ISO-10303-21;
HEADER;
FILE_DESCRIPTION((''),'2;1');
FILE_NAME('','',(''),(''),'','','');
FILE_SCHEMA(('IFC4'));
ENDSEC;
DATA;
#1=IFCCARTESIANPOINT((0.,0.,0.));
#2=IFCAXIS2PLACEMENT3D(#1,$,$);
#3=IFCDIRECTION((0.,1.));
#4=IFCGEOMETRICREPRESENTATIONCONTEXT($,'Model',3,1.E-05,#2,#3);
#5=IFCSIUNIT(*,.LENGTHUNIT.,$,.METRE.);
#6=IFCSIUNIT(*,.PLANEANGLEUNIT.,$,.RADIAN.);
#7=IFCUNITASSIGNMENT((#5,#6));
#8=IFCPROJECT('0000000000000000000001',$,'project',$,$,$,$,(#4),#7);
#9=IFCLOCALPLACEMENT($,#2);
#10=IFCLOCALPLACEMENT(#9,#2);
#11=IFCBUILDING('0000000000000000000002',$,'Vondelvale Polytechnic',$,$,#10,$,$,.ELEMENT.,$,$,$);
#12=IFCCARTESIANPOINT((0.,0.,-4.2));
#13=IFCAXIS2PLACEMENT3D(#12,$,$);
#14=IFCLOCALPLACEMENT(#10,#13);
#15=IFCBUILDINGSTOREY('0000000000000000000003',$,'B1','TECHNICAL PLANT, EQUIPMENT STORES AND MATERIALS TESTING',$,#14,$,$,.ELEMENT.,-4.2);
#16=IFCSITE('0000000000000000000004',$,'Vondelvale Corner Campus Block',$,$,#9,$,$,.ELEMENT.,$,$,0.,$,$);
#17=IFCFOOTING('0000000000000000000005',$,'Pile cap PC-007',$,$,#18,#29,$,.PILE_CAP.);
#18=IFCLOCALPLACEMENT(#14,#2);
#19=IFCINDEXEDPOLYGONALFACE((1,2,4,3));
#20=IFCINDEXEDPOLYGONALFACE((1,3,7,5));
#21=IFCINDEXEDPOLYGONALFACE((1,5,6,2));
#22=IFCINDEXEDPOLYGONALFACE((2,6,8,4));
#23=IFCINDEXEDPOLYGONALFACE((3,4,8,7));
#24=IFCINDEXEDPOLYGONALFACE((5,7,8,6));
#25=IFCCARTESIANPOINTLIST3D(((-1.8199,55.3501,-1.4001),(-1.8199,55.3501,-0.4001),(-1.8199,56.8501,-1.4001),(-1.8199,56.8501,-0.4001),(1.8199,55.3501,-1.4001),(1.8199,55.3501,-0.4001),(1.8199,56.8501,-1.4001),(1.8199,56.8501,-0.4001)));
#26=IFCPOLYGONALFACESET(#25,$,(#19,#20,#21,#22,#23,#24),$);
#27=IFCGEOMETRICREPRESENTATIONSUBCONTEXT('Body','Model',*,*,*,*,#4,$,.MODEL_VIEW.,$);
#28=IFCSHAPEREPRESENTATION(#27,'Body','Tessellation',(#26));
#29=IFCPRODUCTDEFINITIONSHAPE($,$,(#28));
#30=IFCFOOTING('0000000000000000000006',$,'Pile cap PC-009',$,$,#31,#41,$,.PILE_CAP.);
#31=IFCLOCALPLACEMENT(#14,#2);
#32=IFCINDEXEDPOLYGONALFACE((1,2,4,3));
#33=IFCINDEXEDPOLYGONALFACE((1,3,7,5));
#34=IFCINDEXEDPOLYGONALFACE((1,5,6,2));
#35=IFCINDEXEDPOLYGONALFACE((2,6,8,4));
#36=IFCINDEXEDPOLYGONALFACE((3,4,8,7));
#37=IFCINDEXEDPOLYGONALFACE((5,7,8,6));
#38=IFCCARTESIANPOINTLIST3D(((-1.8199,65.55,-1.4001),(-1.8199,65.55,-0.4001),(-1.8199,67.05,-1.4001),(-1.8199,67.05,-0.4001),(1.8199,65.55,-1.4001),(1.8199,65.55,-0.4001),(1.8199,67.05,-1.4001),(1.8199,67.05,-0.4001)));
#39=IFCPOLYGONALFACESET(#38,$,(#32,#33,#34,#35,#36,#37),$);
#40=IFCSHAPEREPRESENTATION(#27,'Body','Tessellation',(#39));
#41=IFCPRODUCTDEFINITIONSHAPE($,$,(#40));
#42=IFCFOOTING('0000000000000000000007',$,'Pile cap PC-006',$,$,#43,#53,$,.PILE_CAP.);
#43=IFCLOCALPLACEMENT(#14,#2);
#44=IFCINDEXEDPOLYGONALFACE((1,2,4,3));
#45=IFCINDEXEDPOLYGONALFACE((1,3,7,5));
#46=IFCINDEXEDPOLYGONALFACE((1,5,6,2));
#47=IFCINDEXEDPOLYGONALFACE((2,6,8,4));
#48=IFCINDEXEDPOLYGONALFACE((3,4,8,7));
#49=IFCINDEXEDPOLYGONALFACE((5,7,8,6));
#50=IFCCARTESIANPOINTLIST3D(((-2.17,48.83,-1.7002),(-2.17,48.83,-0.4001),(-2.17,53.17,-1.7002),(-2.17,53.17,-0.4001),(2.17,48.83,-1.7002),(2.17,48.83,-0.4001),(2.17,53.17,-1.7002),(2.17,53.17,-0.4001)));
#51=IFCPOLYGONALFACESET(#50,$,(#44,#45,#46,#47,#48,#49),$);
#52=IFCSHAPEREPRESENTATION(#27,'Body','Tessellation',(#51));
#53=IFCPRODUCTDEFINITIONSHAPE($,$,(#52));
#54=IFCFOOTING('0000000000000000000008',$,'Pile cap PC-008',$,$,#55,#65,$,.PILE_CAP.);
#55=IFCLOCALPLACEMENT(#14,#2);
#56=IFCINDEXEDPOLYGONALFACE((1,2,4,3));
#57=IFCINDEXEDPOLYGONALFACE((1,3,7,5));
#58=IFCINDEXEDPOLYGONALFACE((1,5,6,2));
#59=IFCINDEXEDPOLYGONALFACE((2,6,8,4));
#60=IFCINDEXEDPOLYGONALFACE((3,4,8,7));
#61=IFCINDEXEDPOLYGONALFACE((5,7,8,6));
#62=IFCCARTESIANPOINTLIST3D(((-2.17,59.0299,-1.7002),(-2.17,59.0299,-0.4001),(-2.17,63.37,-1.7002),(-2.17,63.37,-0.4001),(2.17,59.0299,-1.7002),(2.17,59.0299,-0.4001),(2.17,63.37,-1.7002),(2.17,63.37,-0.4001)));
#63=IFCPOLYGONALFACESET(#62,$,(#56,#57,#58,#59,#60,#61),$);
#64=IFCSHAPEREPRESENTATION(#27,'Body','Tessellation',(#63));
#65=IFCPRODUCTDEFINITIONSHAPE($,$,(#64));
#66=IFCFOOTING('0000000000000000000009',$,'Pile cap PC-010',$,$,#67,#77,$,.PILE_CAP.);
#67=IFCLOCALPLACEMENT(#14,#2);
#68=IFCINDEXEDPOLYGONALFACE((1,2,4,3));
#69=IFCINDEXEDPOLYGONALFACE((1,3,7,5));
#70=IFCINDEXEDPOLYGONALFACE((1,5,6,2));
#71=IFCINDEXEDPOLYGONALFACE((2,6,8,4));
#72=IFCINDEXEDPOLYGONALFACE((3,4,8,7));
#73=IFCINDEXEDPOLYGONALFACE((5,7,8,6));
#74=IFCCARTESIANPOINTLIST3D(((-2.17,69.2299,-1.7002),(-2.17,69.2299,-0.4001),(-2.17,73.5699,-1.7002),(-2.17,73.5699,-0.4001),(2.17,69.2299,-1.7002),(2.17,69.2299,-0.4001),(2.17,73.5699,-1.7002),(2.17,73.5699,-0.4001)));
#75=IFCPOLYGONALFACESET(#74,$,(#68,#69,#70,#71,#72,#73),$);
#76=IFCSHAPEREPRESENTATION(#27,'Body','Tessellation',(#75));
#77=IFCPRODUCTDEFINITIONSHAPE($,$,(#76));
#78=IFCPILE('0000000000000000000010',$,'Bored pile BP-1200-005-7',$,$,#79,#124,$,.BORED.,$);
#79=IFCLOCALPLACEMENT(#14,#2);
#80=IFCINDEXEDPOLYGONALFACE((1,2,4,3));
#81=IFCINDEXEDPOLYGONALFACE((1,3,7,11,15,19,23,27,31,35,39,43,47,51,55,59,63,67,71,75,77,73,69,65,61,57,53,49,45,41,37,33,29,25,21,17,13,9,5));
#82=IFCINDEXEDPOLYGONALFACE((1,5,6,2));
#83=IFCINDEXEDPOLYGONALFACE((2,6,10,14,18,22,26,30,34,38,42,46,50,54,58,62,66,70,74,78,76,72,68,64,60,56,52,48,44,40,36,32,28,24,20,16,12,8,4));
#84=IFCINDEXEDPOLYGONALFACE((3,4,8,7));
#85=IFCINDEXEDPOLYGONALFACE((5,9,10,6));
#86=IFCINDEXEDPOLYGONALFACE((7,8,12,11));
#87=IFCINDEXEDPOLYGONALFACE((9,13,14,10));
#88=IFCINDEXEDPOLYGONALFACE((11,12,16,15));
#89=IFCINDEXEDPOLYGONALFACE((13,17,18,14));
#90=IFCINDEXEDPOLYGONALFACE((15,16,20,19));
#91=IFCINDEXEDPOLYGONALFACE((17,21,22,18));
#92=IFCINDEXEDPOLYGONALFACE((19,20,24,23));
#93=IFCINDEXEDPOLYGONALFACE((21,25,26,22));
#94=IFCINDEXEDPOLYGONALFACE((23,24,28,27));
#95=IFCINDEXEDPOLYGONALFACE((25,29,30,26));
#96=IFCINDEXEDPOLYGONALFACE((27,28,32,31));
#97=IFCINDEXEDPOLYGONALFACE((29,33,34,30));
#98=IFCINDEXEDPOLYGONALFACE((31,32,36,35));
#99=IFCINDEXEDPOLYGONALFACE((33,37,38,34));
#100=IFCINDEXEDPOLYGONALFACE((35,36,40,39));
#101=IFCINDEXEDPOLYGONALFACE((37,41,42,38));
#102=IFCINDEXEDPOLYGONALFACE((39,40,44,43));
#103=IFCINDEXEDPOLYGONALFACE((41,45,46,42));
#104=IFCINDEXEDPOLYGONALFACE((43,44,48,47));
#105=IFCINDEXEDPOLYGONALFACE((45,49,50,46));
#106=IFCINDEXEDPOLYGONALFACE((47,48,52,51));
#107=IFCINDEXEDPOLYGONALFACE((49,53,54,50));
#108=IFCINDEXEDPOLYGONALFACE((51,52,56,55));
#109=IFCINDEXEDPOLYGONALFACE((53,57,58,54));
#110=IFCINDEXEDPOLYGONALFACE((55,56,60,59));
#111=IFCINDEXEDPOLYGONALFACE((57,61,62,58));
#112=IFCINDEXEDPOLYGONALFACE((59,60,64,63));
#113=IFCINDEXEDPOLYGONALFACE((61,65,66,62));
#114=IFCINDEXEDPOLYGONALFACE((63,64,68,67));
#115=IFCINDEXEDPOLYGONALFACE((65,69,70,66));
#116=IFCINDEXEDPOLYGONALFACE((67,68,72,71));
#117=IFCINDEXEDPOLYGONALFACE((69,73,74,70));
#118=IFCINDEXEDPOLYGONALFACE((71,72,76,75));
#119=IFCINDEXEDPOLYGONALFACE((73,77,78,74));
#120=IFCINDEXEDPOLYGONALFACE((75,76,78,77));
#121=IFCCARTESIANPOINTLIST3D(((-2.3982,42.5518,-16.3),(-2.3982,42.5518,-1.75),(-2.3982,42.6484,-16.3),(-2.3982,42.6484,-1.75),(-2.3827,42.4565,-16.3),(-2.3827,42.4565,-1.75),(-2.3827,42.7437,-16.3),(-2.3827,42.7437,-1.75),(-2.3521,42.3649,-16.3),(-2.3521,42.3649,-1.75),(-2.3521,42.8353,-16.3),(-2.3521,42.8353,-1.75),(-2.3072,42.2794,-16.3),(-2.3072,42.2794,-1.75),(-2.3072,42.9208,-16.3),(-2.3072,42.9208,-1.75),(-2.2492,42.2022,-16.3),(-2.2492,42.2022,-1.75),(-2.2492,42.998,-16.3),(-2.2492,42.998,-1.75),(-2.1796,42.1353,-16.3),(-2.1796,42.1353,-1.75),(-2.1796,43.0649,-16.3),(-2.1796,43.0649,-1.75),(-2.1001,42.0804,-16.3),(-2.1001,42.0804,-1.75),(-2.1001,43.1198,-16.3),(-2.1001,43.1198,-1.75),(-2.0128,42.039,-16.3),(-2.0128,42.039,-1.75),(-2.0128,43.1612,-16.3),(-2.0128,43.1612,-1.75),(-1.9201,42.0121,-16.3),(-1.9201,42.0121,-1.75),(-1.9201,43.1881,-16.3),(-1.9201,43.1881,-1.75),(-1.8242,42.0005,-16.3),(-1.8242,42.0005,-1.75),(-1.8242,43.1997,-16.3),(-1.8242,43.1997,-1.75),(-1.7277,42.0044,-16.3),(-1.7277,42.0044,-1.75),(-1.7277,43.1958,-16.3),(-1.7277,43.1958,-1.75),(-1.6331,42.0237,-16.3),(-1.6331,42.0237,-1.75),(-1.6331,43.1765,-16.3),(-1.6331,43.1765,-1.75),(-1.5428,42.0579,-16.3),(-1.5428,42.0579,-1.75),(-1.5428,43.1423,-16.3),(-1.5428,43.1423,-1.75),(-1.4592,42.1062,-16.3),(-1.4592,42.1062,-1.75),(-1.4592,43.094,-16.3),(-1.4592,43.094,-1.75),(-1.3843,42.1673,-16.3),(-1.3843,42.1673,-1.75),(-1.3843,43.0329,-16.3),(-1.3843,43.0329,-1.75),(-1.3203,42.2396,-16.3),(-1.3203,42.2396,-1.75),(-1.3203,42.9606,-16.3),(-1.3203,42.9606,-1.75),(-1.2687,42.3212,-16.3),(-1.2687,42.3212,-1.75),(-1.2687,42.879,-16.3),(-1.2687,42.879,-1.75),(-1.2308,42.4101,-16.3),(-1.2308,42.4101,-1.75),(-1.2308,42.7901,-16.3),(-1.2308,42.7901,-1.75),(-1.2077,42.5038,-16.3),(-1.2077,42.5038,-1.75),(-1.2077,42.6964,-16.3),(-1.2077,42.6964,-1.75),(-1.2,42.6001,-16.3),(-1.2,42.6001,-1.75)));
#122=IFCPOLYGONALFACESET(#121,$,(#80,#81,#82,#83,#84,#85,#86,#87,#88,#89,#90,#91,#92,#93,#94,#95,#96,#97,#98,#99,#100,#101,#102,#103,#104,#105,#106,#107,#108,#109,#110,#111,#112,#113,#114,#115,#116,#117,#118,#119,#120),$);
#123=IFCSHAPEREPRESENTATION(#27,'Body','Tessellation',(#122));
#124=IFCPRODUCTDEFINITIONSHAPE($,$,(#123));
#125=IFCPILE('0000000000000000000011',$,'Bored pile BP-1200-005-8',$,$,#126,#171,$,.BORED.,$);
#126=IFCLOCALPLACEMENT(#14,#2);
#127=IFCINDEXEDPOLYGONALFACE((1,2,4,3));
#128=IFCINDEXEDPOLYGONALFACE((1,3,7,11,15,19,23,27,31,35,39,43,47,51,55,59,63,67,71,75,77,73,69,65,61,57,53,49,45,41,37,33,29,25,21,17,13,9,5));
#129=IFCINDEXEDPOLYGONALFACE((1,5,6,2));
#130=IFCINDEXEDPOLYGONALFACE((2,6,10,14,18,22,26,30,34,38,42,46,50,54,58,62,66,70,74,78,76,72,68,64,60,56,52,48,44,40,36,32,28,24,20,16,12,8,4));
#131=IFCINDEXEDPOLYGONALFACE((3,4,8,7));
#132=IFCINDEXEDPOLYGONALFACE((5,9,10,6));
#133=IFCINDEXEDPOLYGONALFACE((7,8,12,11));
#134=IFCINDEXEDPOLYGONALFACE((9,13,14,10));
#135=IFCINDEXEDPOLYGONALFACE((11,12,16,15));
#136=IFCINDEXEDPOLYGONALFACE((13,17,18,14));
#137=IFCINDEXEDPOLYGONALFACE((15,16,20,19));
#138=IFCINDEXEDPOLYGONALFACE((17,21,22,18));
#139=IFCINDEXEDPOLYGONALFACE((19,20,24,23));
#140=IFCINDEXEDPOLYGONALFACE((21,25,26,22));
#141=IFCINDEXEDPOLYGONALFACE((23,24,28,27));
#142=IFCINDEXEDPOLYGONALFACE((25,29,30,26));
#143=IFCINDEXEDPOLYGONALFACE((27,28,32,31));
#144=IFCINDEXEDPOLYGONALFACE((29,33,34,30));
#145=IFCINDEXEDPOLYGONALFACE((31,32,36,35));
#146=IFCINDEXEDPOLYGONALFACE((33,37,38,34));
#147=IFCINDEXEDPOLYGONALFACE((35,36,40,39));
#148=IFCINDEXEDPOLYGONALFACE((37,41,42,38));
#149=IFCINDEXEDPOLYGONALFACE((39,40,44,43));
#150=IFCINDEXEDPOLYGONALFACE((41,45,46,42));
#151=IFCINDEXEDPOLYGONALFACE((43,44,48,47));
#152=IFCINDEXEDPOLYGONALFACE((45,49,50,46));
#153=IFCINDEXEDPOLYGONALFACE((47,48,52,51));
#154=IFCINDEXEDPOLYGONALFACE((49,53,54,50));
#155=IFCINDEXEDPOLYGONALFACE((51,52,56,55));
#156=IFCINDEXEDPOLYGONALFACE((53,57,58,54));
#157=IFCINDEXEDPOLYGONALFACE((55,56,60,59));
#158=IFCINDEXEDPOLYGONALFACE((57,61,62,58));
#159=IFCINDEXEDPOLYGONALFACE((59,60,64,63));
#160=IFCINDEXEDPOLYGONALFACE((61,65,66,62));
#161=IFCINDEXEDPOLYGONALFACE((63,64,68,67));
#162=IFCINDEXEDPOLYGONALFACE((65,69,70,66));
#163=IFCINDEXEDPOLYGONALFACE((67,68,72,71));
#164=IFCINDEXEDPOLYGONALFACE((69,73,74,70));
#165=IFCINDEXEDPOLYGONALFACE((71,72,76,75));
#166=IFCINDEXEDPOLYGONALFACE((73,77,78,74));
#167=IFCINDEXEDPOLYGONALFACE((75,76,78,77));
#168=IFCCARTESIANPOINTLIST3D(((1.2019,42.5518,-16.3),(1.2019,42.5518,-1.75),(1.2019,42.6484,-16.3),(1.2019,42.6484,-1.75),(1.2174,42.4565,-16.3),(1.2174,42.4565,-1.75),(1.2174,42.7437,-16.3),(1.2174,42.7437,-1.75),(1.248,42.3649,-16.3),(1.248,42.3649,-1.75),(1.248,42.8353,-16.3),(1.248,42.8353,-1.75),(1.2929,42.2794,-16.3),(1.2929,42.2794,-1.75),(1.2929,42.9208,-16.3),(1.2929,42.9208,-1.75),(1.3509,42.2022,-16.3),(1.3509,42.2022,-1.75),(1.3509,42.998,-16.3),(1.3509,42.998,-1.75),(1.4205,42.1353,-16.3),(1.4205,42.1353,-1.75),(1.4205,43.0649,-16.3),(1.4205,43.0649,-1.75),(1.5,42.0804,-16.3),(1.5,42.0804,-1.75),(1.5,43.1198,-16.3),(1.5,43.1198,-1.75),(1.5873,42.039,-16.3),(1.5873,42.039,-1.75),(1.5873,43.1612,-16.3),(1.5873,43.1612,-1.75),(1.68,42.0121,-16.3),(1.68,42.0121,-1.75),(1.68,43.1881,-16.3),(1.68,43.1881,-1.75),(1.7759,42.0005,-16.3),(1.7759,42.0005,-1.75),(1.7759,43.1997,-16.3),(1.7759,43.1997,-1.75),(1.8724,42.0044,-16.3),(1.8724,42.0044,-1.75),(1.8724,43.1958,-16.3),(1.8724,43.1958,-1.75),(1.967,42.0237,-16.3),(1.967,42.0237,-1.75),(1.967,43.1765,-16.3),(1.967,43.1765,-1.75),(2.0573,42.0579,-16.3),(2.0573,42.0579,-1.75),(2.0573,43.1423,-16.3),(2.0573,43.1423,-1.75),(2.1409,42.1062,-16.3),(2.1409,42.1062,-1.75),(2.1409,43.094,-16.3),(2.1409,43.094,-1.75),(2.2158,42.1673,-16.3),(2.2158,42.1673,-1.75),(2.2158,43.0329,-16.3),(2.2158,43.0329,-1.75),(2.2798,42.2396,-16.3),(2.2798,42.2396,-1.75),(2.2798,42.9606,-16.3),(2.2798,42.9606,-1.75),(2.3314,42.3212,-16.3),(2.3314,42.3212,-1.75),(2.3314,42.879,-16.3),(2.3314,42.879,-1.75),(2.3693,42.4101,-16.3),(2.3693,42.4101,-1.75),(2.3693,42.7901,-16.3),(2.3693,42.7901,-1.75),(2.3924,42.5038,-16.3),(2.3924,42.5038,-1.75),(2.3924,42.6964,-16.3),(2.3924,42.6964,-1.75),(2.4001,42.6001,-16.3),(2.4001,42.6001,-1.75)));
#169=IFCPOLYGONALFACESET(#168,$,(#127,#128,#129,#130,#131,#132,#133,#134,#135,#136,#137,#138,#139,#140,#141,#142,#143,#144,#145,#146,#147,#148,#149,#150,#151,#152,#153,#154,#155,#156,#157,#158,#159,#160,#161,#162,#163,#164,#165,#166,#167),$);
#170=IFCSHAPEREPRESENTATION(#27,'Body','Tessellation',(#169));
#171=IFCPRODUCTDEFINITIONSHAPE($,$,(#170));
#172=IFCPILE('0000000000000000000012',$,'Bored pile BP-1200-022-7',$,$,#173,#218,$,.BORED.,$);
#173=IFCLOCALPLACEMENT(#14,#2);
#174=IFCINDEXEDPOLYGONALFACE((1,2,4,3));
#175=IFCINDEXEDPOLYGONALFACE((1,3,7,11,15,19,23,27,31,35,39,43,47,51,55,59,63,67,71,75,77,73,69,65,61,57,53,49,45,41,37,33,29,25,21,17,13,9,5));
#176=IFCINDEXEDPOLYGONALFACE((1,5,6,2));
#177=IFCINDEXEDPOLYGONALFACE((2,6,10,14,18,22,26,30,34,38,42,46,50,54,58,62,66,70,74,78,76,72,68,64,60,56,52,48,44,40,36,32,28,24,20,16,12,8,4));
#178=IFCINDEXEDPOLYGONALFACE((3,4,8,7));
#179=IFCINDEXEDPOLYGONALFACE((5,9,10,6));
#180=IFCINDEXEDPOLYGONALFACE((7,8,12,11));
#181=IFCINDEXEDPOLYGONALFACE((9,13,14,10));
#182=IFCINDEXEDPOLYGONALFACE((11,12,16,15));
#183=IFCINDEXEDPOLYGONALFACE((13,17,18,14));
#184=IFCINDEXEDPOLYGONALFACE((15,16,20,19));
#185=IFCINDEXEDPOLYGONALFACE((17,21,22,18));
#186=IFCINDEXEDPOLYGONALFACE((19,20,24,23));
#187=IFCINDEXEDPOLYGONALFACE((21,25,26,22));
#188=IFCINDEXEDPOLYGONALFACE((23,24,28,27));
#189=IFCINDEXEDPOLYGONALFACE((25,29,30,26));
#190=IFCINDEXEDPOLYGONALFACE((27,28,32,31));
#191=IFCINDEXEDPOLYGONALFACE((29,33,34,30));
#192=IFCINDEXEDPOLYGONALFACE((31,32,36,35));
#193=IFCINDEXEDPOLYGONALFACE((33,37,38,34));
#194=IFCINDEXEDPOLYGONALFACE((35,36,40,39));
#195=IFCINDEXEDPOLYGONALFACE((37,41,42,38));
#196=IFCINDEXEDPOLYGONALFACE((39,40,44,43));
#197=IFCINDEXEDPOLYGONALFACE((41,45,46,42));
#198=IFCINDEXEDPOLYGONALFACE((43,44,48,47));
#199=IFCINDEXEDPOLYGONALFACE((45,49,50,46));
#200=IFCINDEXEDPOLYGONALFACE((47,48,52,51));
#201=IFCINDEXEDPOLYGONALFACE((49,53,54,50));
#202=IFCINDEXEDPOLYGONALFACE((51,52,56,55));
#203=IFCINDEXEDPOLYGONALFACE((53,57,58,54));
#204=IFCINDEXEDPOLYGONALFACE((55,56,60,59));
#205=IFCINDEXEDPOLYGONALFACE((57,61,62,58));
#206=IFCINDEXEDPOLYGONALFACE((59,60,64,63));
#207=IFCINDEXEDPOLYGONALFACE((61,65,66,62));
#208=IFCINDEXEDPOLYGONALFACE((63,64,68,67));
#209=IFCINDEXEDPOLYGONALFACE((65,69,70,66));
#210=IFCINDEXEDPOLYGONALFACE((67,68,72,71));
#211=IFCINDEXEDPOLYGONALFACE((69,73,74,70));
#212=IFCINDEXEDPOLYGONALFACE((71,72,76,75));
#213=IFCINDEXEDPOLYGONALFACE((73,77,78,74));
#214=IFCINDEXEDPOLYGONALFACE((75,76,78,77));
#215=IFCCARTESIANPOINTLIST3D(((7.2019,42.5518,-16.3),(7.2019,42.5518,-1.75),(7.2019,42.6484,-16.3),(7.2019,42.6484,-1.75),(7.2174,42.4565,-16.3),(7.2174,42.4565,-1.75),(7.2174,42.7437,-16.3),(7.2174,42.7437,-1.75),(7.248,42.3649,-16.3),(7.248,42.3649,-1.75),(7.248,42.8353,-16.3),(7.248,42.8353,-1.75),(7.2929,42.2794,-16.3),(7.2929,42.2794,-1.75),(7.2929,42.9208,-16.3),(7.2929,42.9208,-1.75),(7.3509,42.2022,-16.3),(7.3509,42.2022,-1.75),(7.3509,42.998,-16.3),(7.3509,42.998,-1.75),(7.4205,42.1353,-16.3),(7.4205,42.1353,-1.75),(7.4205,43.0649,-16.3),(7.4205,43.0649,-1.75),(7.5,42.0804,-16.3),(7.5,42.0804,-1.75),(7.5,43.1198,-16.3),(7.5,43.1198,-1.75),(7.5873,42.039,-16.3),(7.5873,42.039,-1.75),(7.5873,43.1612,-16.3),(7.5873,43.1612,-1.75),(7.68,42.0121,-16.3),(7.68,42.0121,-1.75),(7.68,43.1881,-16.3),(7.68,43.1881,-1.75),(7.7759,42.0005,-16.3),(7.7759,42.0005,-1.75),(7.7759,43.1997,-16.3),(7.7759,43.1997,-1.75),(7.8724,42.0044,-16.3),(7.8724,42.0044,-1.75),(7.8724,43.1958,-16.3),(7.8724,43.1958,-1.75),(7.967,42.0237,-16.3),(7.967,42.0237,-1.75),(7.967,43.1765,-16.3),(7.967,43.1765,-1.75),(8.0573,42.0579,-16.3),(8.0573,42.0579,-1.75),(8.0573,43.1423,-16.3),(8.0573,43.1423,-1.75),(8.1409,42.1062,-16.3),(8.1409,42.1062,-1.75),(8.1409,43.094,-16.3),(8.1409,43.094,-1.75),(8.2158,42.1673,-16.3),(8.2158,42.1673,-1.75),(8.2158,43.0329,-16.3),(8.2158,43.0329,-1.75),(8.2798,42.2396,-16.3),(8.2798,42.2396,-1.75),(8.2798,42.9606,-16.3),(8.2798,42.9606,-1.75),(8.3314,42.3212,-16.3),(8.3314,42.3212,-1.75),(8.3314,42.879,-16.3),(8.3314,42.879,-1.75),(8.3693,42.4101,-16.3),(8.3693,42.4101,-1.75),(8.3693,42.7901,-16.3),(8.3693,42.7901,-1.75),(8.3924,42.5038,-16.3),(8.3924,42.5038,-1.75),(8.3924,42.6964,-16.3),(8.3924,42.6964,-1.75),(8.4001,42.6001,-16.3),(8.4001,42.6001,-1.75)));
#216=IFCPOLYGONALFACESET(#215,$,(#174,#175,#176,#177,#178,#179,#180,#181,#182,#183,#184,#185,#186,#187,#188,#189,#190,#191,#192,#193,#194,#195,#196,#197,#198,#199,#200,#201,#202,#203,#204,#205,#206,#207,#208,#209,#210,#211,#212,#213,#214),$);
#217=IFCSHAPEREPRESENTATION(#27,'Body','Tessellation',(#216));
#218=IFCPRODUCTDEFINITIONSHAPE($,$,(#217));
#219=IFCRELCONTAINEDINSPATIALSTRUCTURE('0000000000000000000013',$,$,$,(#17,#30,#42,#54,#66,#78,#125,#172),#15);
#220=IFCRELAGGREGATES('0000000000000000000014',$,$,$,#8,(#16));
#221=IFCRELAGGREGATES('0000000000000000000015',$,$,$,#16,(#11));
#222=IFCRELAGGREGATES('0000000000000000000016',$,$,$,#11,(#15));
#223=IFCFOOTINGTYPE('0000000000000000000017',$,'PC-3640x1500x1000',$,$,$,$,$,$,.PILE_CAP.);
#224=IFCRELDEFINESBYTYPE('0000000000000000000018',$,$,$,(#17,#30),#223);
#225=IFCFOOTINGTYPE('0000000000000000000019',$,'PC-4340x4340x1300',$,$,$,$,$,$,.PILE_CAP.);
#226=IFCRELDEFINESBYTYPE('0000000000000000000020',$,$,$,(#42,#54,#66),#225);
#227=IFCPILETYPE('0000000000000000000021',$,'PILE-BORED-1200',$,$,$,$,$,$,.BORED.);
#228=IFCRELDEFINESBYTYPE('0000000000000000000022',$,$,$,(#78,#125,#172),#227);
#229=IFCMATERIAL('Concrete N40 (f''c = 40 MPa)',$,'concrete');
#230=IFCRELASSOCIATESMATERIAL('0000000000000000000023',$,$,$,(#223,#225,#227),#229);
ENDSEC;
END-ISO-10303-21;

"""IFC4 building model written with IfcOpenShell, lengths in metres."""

from ifc_helpers import new_model, si_unit, direction, frame, origin, origin_2d, place, context, subcontext, project, spatial, rectangle, circle, extrude, material, material_profile, profile_set, type_object, element, save


model = new_model("IFC4")

# Units and contexts
model_context = context("Model", 3, precision=1e-05, world=origin(), true_north=direction((0.0, 1.0)))
body_context = subcontext(model_context, "Body", "Model", "MODEL_VIEW")
ifc_project = project(units=[si_unit("LENGTHUNIT", "METRE"), si_unit("PLANEANGLEUNIT", "RADIAN")], contexts=[model_context])

# Site, building, storey
site_placement = place(None, origin())
site = spatial("IfcSite", under=ifc_project, at=site_placement, Name="Vondelvale Corner Campus Block", CompositionType="ELEMENT", RefElevation=0.0)
building_placement = place(site_placement, origin())
building = spatial("IfcBuilding", under=site, at=building_placement, Name="Vondelvale Polytechnic", CompositionType="ELEMENT")
storey_placement = place(building_placement, frame((0.0, 0.0, -4.2)))
storey = spatial("IfcBuildingStorey", under=building, at=storey_placement, Name="B1", Description="TECHNICAL PLANT, EQUIPMENT STORES AND MATERIALS TESTING", CompositionType="ELEMENT", Elevation=-4.2)

# Footings
ifc_material_1 = material(Name="Concrete N40 (f'c = 40 MPa)", Category="concrete")
footing_type_1 = type_object("IfcFootingType", Name="PC-3640x1500x1000", PredefinedType="PILE_CAP", material=ifc_material_1)
for number, where, z_axis, x_axis, name in (
    (1, (0.0, 56.1001, -1.4001), (0.0, 0.0, 1.0), (1.0, 0.0, 0.0), "Pile cap PC-007"),
    (2, (0.0, 66.3, -1.4001), (0.0, 0.0, 1.0), (1.0, 0.0, 0.0), "Pile cap PC-009"),
):
    element("IfcFooting", number, at=place(storey_placement, frame(where, z_axis=z_axis, x_axis=x_axis)), inside=storey, type_object=footing_type_1, Name=name, PredefinedType="PILE_CAP", context=body_context, shape_type="SweptSolid", body=[
        extrude(rectangle(XDim=3.6399, YDim=1.5, at=origin_2d()), origin(), (0.0, 0.0, 1.0), 1.0),
    ])
footing_type_2 = type_object("IfcFootingType", Name="PC-4340x4340x1300", PredefinedType="PILE_CAP", material=ifc_material_1)
for number, where, z_axis, x_axis, name in (
    (3, (0.0, 51.0, -1.7002), (0.0, 0.0, 1.0), (1.0, 0.0, 0.0), "Pile cap PC-006"),
    (4, (0.0, 61.2, -1.7002), (0.0, 0.0, 1.0), (1.0, 0.0, 0.0), "Pile cap PC-008"),
    (5, (0.0, 71.3999, -1.7002), (0.0, 0.0, 1.0), (1.0, 0.0, 0.0), "Pile cap PC-010"),
):
    element("IfcFooting", number, at=place(storey_placement, frame(where, z_axis=z_axis, x_axis=x_axis)), inside=storey, type_object=footing_type_2, Name=name, PredefinedType="PILE_CAP", context=body_context, shape_type="SweptSolid", body=[
        extrude(rectangle(XDim=4.3401, YDim=4.3401, at=origin_2d()), origin(), (0.0, 0.0, 1.0), 1.3),
    ])

# Piles
ifc_material_profile_1 = material_profile(ifc_material_1, circle(Radius=0.6001, at=origin_2d()), Name="PILE-D1200")
ifc_profile_set_1 = profile_set([ifc_material_profile_1], Name="Concrete N40 (f'c = 40 MPa)")
pile_type_1 = type_object("IfcPileType", Name="PILE-BORED-1200", PredefinedType="BORED", material=ifc_profile_set_1)
for number, where, z_axis, x_axis, name in (
    (6, (-1.8, 42.6001, -1.75), (0.0, 0.0, -1.0), (1.0, 0.0, 0.0), "Bored pile BP-1200-005-7"),
    (7, (1.8, 42.6001, -1.75), (0.0, 0.0, -1.0), (1.0, 0.0, 0.0), "Bored pile BP-1200-005-8"),
    (8, (7.8, 42.6001, -1.75), (0.0, 0.0, -1.0), (1.0, 0.0, 0.0), "Bored pile BP-1200-022-7"),
):
    element("IfcPile", number, at=place(storey_placement, frame(where, z_axis=z_axis, x_axis=x_axis)), inside=storey, type_object=pile_type_1, Name=name, PredefinedType="BORED", context=body_context, shape_type="SweptSolid", body=[
        extrude(circle(Radius=0.6001, at=origin_2d()), origin(), (0.0, 0.0, 1.0), 14.55),
    ])

save(model, "model.ifc")
